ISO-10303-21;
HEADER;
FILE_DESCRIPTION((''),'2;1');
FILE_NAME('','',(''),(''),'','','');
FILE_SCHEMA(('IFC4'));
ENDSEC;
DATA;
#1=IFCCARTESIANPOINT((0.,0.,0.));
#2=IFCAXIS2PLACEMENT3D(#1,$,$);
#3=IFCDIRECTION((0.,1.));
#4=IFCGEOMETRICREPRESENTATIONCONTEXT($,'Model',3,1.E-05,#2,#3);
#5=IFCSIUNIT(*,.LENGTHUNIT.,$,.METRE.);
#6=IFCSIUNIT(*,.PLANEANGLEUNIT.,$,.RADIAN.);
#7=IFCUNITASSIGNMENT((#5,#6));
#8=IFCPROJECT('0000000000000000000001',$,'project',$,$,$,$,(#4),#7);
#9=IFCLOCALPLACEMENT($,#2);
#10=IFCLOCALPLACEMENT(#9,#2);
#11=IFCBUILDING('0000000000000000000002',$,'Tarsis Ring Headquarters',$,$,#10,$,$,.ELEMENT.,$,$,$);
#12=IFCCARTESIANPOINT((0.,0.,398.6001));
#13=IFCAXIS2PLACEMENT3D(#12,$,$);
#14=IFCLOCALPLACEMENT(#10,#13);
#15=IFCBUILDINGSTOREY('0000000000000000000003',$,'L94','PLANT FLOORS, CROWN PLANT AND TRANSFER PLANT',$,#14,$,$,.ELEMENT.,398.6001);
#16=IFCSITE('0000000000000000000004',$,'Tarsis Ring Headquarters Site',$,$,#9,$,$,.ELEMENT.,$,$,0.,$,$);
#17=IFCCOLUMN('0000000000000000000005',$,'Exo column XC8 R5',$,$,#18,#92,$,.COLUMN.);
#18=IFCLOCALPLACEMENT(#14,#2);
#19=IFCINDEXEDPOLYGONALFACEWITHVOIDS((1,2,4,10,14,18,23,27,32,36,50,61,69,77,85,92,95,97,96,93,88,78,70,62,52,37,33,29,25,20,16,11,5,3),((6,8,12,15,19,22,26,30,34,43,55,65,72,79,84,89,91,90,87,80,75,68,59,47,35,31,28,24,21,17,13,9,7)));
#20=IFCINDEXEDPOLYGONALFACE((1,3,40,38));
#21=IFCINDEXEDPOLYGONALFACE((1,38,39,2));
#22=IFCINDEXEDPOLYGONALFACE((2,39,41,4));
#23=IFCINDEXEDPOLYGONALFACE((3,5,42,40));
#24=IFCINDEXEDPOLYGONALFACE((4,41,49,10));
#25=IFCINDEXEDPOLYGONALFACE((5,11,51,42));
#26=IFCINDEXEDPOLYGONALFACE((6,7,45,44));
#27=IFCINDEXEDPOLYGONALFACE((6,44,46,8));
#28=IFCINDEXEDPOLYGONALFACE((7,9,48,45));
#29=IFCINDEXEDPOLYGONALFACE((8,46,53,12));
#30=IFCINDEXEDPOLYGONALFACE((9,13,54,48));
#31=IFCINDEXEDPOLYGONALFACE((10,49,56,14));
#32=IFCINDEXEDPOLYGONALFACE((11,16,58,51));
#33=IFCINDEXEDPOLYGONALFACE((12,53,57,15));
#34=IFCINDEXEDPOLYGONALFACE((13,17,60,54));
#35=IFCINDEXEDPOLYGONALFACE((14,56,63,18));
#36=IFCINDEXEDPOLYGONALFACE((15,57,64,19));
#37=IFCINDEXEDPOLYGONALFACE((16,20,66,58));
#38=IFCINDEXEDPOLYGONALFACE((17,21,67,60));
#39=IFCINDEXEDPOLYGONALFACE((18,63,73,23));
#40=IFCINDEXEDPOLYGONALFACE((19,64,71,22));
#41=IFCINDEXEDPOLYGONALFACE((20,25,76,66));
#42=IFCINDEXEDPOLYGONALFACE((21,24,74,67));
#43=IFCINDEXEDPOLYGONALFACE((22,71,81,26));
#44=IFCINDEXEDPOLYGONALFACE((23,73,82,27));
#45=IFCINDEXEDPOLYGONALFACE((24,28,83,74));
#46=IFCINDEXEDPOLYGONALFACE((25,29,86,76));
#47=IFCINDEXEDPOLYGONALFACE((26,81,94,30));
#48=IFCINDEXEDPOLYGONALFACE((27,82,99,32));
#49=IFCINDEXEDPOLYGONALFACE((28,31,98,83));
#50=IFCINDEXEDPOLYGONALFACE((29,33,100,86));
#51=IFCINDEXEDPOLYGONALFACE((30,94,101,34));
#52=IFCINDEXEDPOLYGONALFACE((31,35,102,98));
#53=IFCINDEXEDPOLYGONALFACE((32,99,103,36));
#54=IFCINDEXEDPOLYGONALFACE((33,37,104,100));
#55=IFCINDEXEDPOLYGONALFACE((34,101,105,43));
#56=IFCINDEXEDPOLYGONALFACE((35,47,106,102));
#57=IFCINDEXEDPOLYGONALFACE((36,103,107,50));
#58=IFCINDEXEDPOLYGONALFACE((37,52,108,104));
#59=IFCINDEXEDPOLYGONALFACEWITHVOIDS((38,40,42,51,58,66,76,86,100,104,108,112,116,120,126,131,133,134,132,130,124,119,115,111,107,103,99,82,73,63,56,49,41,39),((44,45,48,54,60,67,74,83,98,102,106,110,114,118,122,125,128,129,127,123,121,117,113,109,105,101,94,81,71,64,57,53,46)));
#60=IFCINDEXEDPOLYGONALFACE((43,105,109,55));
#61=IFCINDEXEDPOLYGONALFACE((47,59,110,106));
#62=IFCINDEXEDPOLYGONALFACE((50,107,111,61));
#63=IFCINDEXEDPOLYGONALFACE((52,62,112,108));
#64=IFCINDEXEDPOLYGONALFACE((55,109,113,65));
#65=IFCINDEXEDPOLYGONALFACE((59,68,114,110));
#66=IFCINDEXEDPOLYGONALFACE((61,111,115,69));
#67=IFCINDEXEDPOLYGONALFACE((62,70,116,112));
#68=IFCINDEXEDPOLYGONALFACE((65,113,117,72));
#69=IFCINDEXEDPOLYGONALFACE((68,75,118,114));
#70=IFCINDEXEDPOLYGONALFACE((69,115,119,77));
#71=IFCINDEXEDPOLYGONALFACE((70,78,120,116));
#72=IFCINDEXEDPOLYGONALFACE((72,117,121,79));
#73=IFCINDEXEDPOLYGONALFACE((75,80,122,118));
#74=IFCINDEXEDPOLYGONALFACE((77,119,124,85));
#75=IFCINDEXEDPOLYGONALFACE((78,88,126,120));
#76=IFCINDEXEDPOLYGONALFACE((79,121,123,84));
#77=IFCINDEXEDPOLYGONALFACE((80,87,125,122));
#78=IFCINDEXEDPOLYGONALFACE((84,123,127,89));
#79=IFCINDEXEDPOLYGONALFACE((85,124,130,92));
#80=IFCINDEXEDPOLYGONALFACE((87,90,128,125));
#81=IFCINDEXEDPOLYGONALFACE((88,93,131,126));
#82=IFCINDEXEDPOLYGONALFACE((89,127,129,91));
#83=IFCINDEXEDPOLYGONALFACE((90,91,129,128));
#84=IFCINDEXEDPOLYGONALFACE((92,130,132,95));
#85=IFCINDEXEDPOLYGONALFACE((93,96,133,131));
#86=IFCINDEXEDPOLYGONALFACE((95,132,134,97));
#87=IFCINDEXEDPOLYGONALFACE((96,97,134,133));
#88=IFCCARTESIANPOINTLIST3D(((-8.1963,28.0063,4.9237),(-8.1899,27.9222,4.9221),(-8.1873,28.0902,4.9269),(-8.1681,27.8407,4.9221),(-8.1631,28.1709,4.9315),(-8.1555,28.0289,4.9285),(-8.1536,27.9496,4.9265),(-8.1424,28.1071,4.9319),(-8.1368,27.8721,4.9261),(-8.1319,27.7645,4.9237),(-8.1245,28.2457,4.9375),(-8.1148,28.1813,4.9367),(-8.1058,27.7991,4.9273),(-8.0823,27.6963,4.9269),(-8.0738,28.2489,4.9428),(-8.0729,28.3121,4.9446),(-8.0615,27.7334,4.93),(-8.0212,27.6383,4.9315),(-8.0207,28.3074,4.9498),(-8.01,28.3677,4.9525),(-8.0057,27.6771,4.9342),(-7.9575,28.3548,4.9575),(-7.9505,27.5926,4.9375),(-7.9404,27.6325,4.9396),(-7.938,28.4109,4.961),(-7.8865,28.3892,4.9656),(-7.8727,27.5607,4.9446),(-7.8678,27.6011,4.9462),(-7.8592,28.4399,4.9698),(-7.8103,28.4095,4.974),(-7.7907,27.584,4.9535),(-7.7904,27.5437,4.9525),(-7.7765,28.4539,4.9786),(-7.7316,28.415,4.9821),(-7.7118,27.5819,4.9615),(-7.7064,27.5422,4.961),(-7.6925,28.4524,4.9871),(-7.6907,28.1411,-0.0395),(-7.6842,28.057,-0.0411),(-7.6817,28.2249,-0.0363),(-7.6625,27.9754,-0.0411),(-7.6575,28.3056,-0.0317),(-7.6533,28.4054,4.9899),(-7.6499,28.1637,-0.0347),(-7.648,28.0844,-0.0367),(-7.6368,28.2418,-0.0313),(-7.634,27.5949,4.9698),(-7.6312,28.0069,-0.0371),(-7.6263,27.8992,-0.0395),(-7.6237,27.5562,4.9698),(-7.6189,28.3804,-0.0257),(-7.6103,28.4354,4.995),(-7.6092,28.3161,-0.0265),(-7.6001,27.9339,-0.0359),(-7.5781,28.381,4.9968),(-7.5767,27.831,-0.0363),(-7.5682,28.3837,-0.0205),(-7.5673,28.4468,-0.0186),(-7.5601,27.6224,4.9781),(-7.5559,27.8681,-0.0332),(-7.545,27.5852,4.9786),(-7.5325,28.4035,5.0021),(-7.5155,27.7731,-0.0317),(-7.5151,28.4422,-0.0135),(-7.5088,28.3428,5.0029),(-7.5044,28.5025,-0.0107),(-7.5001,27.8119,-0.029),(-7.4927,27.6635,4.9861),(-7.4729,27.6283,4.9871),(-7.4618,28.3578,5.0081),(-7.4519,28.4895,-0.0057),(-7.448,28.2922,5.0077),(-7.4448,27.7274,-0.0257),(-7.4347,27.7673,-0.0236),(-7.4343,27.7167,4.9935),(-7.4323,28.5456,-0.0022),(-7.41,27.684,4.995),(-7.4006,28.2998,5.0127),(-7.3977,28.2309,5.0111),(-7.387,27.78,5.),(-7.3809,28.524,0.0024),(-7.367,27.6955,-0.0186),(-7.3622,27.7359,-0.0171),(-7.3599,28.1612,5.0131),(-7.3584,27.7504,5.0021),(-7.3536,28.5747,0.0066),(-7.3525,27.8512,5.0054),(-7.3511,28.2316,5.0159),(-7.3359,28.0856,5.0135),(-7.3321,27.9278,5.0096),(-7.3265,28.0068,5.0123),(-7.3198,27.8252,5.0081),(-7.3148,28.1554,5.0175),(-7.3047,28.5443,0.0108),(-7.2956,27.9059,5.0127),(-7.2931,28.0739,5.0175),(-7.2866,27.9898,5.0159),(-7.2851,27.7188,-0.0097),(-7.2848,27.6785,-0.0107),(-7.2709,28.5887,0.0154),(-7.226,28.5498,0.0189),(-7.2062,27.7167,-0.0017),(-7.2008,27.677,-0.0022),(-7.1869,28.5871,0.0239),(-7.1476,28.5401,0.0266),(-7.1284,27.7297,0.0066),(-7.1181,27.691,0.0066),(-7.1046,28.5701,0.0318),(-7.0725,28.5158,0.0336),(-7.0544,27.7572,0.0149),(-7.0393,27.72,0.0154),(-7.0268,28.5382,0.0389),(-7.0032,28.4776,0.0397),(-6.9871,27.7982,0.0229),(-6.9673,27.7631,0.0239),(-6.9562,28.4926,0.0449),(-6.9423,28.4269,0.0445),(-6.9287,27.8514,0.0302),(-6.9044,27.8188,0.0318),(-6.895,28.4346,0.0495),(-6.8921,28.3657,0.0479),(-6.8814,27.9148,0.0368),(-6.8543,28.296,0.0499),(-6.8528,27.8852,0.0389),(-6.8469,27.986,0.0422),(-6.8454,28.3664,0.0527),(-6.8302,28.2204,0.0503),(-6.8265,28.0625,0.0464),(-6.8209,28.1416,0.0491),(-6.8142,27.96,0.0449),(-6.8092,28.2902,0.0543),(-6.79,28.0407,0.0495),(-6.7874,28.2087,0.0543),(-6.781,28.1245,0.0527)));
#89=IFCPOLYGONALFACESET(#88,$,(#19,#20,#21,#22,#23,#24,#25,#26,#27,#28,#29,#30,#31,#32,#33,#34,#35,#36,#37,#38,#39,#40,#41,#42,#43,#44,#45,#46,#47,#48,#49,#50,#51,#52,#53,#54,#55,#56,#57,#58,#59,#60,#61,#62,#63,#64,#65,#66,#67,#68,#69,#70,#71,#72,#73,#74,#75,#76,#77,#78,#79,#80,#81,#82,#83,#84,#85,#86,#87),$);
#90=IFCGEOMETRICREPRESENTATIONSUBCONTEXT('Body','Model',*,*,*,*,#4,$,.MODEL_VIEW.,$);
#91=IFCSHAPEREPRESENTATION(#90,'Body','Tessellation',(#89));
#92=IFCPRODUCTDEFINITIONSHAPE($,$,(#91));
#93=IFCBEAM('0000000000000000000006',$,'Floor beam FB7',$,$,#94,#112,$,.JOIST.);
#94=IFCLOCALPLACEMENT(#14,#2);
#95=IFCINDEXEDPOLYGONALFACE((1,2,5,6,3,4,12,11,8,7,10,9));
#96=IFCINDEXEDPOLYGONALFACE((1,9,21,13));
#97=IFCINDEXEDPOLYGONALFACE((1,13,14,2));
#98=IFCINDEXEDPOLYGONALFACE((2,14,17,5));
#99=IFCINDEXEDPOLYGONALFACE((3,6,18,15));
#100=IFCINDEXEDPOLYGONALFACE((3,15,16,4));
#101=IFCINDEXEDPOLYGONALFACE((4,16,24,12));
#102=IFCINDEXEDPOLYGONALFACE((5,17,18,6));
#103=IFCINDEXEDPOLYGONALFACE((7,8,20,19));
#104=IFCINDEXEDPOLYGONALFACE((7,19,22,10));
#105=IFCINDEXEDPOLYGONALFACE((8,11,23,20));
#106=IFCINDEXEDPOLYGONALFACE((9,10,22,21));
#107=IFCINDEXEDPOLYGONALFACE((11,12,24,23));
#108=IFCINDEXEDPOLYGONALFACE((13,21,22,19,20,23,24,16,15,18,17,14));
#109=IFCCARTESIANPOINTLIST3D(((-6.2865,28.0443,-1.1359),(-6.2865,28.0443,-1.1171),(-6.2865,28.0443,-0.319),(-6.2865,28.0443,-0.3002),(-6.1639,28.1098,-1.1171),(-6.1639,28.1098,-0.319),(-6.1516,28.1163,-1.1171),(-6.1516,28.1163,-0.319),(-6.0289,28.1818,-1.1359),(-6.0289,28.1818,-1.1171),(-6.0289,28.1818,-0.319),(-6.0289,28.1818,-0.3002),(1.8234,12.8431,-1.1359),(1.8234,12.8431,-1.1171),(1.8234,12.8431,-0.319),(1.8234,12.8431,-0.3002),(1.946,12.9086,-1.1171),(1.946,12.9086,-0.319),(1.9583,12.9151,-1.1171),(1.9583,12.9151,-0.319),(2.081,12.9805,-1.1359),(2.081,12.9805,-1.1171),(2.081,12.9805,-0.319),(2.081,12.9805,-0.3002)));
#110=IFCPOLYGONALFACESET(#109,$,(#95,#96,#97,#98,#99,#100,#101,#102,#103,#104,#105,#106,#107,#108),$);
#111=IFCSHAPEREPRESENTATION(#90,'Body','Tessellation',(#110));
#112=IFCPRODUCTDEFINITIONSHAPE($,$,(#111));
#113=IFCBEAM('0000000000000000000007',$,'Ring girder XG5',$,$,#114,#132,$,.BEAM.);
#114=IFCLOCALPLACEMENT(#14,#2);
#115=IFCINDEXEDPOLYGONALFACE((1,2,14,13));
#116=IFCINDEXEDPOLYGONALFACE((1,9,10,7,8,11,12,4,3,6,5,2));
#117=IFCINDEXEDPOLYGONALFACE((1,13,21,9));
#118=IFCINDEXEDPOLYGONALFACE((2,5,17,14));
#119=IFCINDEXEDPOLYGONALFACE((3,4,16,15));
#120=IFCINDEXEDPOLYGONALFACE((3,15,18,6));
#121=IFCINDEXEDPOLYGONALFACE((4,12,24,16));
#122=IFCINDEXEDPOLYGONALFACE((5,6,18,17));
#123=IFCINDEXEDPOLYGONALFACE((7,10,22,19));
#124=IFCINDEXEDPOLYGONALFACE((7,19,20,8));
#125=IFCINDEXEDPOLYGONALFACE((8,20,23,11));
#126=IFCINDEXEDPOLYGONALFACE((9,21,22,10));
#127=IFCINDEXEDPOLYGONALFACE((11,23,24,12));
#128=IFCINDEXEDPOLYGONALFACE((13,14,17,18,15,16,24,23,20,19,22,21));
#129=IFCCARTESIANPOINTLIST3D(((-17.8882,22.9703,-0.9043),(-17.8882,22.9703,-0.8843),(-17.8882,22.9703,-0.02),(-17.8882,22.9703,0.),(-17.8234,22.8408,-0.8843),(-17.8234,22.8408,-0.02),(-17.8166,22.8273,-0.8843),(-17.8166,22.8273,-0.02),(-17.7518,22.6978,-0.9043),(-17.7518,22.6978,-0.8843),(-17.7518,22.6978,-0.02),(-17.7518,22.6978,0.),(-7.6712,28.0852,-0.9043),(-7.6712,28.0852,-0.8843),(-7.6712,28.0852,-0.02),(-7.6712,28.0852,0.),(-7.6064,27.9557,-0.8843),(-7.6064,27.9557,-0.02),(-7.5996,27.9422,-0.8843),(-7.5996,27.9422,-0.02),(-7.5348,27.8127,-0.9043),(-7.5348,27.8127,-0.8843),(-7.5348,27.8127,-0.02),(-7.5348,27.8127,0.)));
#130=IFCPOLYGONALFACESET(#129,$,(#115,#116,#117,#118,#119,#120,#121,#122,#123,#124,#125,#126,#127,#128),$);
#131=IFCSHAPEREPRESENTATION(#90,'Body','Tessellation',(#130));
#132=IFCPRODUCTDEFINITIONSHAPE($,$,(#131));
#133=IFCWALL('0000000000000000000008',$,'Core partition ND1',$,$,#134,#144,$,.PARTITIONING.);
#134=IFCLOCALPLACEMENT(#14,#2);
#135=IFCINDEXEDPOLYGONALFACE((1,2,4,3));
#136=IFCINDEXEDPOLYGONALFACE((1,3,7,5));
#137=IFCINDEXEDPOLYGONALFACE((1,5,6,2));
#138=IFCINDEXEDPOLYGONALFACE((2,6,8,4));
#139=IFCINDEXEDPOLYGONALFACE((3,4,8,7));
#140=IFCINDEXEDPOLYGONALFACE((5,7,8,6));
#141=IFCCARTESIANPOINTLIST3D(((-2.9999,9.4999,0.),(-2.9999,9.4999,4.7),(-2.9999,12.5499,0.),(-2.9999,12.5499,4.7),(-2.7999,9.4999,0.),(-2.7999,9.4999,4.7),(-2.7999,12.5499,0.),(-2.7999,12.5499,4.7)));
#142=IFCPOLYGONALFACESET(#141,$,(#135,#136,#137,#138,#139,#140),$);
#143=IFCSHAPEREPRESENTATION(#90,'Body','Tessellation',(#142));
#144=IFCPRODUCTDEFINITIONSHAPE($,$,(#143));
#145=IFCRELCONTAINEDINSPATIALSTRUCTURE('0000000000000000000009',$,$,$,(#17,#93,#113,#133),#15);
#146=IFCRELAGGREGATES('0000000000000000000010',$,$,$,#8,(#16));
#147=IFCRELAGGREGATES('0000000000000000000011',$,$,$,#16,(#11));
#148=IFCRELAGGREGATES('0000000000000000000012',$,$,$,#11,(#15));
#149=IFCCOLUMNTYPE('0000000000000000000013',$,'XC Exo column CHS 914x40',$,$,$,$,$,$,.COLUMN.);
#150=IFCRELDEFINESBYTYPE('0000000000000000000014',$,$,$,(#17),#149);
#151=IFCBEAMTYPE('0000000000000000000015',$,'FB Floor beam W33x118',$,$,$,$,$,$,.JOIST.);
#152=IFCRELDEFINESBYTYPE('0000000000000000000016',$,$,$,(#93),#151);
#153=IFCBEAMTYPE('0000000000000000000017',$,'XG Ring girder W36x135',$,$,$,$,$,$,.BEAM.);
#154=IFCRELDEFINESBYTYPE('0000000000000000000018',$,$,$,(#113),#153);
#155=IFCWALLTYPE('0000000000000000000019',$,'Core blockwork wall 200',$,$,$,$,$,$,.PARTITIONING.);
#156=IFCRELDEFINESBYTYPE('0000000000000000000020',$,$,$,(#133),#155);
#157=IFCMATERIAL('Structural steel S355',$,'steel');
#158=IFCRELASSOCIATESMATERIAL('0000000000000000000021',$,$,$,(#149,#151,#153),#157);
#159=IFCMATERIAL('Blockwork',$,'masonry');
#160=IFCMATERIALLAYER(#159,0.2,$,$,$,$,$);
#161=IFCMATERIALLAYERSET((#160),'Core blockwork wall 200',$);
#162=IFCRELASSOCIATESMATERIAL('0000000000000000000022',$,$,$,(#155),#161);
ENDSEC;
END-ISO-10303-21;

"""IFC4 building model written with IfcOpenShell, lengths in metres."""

from ifc_helpers import new_model, si_unit, direction, frame, frame_2d, origin, origin_2d, place, context, subcontext, project, spatial, rectangle, hollow_circle, i_section, extrude, material, layer, layer_set, material_profile, profile_set, type_object, element, save


model = new_model("IFC4")

# Units and contexts
model_context = context("Model", 3, precision=1e-05, world=origin(), true_north=direction((0.0, 1.0)))
body_context = subcontext(model_context, "Body", "Model", "MODEL_VIEW")
ifc_project = project(units=[si_unit("LENGTHUNIT", "METRE"), si_unit("PLANEANGLEUNIT", "RADIAN")], contexts=[model_context])

# Site, building, storey
site_placement = place(None, origin())
site = spatial("IfcSite", under=ifc_project, at=site_placement, Name="Tarsis Ring Headquarters Site", CompositionType="ELEMENT", RefElevation=0.0)
building_placement = place(site_placement, origin())
building = spatial("IfcBuilding", under=site, at=building_placement, Name="Tarsis Ring Headquarters", CompositionType="ELEMENT")
storey_placement = place(building_placement, frame((0.0, 0.0, 398.6001)))
storey = spatial("IfcBuildingStorey", under=building, at=storey_placement, Name="L94", Description="PLANT FLOORS, CROWN PLANT AND TRANSFER PLANT", CompositionType="ELEMENT", Elevation=398.6001)

# Column
ifc_material_1 = material(Name="Structural steel S355", Category="steel")
ifc_material_profile_1 = material_profile(ifc_material_1, hollow_circle(Radius=0.457, WallThickness=0.04, at=origin_2d()), Name="CHS 914x40")
ifc_profile_set_1 = profile_set([ifc_material_profile_1], Name="Structural steel S355")
column_type = type_object("IfcColumnType", Name="XC Exo column CHS 914x40", PredefinedType="COLUMN", material=ifc_profile_set_1)
column_placement = place(storey_placement, frame((-7.2358, 28.1328, 0.0066), z_axis=(-0.101313, -0.027004, 0.994488), x_axis=(0.257546, -0.966266, 0.0)))
element("IfcColumn", 1, at=column_placement, inside=storey, type_object=column_type, Name="Exo column XC8 R5", PredefinedType="COLUMN", context=body_context, shape_type="SweptSolid", body=[
    extrude(hollow_circle(Radius=0.4573, WallThickness=0.04, at=origin_2d()), origin(), (0.0, 0.0, 1.0), 4.9907),
])

# Beams
ifc_material_profile_2 = material_profile(ifc_material_1, i_section(OverallWidth=0.292, OverallDepth=0.8357, WebThickness=0.0139, FlangeThickness=0.0188, at=origin_2d()), Name="W33x118")
ifc_profile_set_2 = profile_set([ifc_material_profile_2], Name="Structural steel S355")
beam_type_1 = type_object("IfcBeamType", Name="FB Floor beam W33x118", PredefinedType="JOIST", material=ifc_profile_set_2)
beam_1_placement = place(storey_placement, frame((-6.1577, 28.113, -0.718), z_axis=(0.470704, -0.882291, 0.0), x_axis=(0.882291, 0.470704, 0.0)))
element("IfcBeam", 2, at=beam_1_placement, inside=storey, type_object=beam_type_1, Name="Floor beam FB7", PredefinedType="JOIST", context=body_context, shape_type="SweptSolid", body=[
    extrude(i_section(OverallWidth=0.292, OverallDepth=0.8357, WebThickness=0.0139, FlangeThickness=0.0188, at=origin_2d()), origin(), (0.0, 0.0, 1.0), 17.2292),
])
ifc_material_profile_3 = material_profile(ifc_material_1, i_section(OverallWidth=0.3047, OverallDepth=0.9043, WebThickness=0.0151, FlangeThickness=0.02, at=origin_2d()), Name="W36x135")
ifc_profile_set_3 = profile_set([ifc_material_profile_3], Name="Structural steel S355")
beam_type_2 = type_object("IfcBeamType", Name="XG Ring girder W36x135", PredefinedType="BEAM", material=ifc_profile_set_3)
beam_2_placement = place(storey_placement, frame((-7.603, 27.949, -0.4521), z_axis=(-0.894201, -0.447667, 0.0), x_axis=(0.447667, -0.894201, 0.0)))
element("IfcBeam", 3, at=beam_2_placement, inside=storey, type_object=beam_type_2, Name="Ring girder XG5", PredefinedType="BEAM", context=body_context, shape_type="SweptSolid", body=[
    extrude(i_section(OverallWidth=0.3047, OverallDepth=0.9043, WebThickness=0.0151, FlangeThickness=0.02, at=origin_2d()), origin(), (0.0, 0.0, 1.0), 11.4258),
])

# Wall
ifc_material_2 = material(Name="Blockwork", Category="masonry")
ifc_layer_1 = layer(ifc_material_2, 0.2)
ifc_layer_set_1 = layer_set([ifc_layer_1], Name="Core blockwork wall 200")
wall_type_1 = type_object("IfcWallType", Name="Core blockwork wall 200", PredefinedType="PARTITIONING", material=ifc_layer_set_1)
wall_1_placement = place(storey_placement, frame((-2.8999, 9.5, 0.0), z_axis=(0.0, 0.0, 1.0), x_axis=(0.0, 1.0, 0.0)))
element("IfcWall", 4, at=wall_1_placement, inside=storey, type_object=wall_type_1, Name="Core partition ND1", PredefinedType="PARTITIONING", context=body_context, shape_type="SweptSolid", body=[
    extrude(rectangle(XDim=3.05, YDim=0.2, at=frame_2d((1.5249, 0.0))), origin(), (0.0, 0.0, 1.0), 4.7),
])

save(model, "model.ifc")
